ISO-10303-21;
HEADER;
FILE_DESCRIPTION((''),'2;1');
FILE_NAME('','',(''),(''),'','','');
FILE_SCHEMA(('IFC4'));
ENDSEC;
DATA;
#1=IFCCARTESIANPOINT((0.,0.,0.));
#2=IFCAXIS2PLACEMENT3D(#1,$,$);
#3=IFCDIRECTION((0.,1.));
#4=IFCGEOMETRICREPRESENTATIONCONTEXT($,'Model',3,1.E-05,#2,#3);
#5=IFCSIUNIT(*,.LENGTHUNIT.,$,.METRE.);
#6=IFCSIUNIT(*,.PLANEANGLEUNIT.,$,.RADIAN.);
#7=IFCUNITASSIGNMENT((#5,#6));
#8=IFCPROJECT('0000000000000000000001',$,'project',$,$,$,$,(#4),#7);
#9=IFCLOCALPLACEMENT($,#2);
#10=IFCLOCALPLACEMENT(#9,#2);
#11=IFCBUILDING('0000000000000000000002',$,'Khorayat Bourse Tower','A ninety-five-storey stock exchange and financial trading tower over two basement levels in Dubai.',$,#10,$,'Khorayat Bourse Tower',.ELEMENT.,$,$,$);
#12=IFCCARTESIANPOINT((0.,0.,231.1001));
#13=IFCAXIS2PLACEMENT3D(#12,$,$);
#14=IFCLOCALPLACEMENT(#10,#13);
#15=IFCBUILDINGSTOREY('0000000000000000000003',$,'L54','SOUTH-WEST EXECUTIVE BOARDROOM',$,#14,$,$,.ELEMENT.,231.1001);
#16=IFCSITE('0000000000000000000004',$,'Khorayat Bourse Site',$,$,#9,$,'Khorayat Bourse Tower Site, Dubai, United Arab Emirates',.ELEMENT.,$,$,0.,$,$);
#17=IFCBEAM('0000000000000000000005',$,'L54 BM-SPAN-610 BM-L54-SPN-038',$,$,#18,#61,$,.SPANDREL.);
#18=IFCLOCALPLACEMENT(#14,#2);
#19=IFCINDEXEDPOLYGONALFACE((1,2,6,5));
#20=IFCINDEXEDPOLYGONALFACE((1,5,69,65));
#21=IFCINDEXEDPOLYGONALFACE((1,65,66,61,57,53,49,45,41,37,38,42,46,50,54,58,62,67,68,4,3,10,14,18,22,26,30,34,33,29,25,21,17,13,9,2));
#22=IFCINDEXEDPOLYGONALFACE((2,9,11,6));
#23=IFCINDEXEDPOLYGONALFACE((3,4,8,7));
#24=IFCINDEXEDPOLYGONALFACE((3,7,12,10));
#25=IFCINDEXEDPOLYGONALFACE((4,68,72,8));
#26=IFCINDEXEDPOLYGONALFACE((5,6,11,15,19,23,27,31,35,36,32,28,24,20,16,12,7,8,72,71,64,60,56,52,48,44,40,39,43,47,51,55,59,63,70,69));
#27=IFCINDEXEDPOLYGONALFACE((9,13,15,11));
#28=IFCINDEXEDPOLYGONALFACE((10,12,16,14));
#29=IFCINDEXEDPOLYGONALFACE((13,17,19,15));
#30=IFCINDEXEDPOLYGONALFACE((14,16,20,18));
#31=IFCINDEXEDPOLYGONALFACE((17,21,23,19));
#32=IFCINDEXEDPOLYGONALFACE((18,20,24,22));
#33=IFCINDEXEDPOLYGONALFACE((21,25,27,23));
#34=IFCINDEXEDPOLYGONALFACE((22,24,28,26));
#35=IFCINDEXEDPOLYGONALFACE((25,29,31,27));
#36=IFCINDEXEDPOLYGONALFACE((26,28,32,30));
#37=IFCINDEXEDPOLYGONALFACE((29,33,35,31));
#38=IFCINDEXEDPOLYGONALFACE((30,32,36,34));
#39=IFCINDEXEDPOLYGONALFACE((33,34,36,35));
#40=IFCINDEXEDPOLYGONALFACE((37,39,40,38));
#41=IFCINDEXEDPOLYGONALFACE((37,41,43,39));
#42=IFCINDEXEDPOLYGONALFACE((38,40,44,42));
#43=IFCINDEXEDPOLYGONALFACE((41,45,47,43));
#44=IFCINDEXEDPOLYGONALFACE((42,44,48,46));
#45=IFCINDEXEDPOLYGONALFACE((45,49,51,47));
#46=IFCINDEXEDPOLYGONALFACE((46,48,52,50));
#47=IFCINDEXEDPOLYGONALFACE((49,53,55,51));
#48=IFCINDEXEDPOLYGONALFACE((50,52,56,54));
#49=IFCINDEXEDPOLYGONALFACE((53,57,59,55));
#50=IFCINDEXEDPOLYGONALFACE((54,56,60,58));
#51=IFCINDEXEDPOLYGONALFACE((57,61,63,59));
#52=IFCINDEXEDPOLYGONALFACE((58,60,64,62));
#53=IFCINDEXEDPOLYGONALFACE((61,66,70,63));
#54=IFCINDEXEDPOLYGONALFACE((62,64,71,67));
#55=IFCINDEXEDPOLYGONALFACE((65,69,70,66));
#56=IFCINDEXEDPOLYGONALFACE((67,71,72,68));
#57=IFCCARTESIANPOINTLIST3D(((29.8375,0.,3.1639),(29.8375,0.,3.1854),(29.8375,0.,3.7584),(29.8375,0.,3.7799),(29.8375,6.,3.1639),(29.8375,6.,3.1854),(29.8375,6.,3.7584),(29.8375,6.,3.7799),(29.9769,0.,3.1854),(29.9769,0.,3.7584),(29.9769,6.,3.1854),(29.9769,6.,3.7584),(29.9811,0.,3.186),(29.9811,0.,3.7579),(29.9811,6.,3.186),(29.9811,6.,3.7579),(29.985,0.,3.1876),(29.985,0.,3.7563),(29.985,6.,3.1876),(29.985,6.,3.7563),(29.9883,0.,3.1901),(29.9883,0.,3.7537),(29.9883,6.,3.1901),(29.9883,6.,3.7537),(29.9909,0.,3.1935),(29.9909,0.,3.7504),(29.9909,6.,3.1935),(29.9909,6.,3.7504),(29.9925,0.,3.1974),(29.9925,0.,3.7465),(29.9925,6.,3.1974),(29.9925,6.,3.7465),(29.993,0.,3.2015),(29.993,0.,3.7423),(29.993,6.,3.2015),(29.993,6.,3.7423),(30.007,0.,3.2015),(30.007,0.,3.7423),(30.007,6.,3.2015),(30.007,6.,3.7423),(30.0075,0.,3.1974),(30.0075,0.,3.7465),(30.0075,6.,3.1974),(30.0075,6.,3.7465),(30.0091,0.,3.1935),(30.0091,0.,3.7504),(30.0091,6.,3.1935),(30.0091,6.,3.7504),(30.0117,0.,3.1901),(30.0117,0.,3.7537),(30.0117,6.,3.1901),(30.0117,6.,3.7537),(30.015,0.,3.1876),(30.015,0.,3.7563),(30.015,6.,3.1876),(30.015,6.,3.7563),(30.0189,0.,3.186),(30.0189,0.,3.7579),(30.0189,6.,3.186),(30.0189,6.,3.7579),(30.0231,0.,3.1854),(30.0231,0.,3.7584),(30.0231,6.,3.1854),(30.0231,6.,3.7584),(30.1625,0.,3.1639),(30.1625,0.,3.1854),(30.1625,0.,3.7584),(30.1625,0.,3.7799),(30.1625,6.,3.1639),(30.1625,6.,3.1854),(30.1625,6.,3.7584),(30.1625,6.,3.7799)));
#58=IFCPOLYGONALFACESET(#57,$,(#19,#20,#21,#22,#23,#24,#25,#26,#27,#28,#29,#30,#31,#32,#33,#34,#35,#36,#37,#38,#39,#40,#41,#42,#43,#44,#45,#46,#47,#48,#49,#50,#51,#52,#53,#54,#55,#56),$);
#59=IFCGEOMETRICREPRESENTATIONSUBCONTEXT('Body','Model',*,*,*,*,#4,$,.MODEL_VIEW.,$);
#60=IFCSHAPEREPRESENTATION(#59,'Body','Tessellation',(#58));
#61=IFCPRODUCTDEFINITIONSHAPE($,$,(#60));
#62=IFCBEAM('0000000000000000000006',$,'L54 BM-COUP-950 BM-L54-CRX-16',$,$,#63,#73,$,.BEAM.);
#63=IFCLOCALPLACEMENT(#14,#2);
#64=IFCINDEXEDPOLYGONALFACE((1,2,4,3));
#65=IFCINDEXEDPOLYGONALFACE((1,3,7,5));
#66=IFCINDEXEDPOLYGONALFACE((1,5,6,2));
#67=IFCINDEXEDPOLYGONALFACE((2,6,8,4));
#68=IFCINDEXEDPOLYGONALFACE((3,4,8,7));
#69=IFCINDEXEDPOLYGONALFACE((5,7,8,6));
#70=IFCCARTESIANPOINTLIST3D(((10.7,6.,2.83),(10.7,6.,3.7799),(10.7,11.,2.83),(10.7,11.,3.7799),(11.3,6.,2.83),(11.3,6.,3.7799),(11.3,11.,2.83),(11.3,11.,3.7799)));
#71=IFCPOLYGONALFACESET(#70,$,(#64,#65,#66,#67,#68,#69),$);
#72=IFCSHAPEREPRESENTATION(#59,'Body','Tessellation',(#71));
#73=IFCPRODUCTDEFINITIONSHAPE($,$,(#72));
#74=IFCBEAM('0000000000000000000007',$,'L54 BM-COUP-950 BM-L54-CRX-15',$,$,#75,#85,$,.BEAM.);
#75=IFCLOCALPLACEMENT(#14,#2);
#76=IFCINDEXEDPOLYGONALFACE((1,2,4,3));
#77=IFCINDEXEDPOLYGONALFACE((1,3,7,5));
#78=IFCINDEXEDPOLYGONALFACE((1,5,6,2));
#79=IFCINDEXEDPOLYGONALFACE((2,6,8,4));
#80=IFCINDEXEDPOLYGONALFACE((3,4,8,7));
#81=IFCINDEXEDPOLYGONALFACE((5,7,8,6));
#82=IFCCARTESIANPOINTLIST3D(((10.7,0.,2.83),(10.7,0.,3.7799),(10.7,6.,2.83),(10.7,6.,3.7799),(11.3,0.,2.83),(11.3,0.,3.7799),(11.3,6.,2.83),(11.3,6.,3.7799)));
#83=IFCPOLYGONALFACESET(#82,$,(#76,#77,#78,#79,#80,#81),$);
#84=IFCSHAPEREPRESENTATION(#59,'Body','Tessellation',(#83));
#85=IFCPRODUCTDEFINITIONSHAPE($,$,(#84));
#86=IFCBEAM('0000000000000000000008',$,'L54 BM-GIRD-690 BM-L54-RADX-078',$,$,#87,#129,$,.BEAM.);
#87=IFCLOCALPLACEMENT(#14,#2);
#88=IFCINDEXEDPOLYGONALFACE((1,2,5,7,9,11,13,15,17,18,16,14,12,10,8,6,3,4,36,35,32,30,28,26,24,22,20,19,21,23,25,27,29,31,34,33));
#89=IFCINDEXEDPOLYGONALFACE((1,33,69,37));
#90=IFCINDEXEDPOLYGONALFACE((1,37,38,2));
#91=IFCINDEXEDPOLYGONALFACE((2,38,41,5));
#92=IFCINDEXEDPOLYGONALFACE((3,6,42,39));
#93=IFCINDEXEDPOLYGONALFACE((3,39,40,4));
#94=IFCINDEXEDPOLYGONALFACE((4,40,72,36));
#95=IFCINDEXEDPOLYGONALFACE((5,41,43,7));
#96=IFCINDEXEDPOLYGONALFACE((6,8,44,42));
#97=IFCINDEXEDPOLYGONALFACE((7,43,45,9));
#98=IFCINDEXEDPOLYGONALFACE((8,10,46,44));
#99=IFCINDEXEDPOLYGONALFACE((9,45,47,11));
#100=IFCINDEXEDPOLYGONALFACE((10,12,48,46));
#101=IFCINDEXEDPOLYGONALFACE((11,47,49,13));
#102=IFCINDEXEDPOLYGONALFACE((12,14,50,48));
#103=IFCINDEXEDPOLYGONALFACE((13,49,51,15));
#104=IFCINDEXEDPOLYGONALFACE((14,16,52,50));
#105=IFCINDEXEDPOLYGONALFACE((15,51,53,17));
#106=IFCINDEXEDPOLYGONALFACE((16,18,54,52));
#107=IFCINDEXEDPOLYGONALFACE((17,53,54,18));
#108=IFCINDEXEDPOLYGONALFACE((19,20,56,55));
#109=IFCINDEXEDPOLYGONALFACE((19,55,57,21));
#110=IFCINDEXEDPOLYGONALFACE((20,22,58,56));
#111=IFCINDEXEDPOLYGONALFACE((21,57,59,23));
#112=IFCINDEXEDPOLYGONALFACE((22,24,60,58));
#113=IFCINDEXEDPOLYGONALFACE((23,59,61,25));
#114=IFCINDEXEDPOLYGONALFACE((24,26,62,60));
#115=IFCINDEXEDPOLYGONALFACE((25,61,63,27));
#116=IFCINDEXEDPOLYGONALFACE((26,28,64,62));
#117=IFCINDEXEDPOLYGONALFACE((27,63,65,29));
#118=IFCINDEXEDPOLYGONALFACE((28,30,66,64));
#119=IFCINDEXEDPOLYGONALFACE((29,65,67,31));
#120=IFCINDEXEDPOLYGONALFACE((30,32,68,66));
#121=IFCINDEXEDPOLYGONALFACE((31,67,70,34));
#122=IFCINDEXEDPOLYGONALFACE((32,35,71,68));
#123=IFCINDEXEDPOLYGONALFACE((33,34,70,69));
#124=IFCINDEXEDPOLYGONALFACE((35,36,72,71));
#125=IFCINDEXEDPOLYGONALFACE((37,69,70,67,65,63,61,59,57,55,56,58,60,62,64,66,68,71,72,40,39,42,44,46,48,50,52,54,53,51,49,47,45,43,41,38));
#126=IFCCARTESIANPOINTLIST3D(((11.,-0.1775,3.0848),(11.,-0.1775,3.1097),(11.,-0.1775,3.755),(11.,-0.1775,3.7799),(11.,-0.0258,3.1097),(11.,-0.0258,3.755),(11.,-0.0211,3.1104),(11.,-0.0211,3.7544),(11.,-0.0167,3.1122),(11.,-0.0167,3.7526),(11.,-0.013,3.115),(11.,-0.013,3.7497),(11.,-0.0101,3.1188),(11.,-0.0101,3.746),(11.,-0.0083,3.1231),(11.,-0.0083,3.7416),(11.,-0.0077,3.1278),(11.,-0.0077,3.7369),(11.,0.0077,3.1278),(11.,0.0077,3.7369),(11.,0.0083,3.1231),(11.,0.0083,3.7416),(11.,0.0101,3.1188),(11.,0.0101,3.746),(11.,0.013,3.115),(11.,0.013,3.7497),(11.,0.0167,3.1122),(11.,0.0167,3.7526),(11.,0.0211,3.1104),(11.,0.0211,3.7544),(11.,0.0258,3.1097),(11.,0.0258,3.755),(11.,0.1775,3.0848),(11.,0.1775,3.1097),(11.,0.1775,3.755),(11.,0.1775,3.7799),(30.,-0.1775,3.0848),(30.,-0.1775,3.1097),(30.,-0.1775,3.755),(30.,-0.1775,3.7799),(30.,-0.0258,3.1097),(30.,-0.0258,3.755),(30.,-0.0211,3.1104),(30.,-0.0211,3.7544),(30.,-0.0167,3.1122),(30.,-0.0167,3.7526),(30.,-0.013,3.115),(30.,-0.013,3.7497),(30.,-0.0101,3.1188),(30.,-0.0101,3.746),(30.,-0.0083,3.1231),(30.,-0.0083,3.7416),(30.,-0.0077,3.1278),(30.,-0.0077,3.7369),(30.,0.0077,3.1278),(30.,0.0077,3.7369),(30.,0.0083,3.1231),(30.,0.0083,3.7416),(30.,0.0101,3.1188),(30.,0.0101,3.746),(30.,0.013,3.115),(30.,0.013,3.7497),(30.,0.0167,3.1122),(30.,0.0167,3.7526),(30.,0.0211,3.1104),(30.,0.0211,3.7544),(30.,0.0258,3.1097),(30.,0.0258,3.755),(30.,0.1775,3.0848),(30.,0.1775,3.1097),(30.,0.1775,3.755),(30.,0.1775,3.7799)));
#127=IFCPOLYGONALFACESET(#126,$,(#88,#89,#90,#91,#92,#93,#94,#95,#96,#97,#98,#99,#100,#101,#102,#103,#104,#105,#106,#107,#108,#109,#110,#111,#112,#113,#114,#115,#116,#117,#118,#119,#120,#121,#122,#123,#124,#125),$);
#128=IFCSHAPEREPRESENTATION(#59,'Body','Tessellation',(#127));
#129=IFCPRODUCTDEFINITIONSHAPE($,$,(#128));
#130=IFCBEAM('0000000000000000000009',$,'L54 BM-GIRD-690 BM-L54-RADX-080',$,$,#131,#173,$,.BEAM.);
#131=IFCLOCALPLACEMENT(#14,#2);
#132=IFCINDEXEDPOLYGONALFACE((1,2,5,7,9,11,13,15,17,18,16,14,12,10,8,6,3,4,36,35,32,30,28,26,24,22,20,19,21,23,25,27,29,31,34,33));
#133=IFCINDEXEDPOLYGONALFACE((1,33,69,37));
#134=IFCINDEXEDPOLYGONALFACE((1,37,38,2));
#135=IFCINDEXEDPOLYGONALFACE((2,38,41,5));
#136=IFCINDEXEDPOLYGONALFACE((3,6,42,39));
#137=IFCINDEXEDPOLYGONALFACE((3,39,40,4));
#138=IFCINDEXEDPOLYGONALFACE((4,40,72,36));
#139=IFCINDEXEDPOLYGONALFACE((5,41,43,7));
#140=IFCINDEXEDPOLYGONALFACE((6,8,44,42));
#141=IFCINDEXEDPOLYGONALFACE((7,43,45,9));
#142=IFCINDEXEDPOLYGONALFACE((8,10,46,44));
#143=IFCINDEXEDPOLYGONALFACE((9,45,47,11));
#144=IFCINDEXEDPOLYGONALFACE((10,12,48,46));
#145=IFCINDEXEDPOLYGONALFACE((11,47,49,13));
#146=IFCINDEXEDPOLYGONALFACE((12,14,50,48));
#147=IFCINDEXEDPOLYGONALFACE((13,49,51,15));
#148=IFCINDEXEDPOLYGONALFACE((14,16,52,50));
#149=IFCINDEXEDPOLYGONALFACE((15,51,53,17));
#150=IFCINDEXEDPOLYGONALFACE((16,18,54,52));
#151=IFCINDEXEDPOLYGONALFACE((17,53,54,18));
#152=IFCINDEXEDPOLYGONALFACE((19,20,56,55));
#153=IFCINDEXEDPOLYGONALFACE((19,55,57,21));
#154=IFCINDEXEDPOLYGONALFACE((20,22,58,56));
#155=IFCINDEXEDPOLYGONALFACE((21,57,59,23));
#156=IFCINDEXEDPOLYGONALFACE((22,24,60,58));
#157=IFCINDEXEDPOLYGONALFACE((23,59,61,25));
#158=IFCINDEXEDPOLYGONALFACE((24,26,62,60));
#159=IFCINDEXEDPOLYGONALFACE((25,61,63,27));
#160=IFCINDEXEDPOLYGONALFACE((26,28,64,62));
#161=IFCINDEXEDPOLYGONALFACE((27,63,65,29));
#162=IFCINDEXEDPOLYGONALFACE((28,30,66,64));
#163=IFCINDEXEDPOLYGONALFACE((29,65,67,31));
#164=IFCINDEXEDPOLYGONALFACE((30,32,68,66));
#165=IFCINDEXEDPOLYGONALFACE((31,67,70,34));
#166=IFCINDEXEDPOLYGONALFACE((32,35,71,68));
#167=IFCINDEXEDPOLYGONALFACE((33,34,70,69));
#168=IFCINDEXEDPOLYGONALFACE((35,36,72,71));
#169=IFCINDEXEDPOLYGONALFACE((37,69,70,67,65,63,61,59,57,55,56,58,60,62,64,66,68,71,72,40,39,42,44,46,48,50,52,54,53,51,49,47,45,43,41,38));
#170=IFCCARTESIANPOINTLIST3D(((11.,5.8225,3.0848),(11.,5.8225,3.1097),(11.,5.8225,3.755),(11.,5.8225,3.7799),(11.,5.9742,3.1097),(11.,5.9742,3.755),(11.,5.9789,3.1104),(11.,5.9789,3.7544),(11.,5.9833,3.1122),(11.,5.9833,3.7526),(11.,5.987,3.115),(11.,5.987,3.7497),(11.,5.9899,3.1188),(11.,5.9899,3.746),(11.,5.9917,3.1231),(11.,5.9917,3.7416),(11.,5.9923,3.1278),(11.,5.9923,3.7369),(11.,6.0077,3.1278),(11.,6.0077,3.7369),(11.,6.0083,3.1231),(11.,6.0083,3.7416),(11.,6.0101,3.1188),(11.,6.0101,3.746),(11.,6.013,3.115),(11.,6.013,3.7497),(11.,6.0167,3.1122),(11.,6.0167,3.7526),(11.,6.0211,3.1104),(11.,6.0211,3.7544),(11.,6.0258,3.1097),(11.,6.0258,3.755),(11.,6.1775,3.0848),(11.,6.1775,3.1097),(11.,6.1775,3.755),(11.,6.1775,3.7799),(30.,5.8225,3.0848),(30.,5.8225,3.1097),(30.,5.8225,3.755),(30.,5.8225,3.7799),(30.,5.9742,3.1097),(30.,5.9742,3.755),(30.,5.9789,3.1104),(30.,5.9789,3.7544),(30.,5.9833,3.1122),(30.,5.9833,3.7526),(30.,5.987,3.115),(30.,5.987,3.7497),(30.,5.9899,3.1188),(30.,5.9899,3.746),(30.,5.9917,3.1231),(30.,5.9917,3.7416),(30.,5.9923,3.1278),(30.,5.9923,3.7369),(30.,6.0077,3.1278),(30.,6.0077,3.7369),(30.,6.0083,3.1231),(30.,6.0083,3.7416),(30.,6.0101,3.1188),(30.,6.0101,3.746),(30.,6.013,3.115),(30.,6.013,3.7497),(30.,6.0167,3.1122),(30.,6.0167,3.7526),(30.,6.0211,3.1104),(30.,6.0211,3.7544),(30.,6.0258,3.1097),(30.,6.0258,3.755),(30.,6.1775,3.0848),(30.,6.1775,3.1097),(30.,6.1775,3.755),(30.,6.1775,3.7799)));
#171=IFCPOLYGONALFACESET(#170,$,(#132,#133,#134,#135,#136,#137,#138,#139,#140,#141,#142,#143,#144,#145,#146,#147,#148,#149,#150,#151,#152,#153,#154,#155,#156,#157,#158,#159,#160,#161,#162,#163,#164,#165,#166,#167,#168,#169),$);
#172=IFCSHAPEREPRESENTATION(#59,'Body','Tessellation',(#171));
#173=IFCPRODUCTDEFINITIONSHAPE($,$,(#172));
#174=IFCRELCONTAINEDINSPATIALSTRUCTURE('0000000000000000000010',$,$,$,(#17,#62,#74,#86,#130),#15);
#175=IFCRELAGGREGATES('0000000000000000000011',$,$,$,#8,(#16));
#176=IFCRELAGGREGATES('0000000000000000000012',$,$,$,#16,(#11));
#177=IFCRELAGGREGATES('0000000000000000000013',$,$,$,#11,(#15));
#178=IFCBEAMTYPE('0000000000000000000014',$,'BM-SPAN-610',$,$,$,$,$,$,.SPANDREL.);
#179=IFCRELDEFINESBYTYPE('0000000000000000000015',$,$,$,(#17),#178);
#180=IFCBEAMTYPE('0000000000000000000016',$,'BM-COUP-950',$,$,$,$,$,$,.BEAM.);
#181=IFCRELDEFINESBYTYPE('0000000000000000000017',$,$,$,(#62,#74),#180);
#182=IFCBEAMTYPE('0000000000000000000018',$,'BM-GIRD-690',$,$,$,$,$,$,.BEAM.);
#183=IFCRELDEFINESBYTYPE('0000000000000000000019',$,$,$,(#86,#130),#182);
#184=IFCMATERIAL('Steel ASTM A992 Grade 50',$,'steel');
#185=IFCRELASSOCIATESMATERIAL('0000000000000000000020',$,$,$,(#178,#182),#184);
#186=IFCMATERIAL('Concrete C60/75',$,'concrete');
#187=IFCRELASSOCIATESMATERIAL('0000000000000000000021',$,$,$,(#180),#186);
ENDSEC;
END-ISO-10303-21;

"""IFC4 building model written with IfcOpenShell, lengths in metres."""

from ifc_helpers import new_model, si_unit, direction, frame, origin, origin_2d, place, context, subcontext, project, spatial, rectangle, i_section, extrude, source, transform, mapped, material, material_profile, profile_set, type_object, element, save


model = new_model("IFC4")

# Units and contexts
model_context = context("Model", 3, precision=1e-05, world=origin(), true_north=direction((0.0, 1.0)))
body_context = subcontext(model_context, "Body", "Model", "MODEL_VIEW")
ifc_project = project(units=[si_unit("LENGTHUNIT", "METRE"), si_unit("PLANEANGLEUNIT", "RADIAN")], contexts=[model_context])

# Site, building, storey
site_placement = place(None, origin())
site = spatial("IfcSite", under=ifc_project, at=site_placement, Name="Khorayat Bourse Site", LongName="Khorayat Bourse Tower Site, Dubai, United Arab Emirates", CompositionType="ELEMENT", RefElevation=0.0)
building_placement = place(site_placement, origin())
building = spatial("IfcBuilding", under=site, at=building_placement, Name="Khorayat Bourse Tower", Description="A ninety-five-storey stock exchange and financial trading tower over two basement levels in Dubai.", LongName="Khorayat Bourse Tower", CompositionType="ELEMENT")
storey_placement = place(building_placement, frame((0.0, 0.0, 231.1001)))
storey = spatial("IfcBuildingStorey", under=building, at=storey_placement, Name="L54", Description="SOUTH-WEST EXECUTIVE BOARDROOM", CompositionType="ELEMENT", Elevation=231.1001)

# Shared definitions
ifc_material_1 = material(Name="Concrete C60/75", Category="concrete")

# Beams
ifc_material_2 = material(Name="Steel ASTM A992 Grade 50", Category="steel")
ifc_material_profile_1 = material_profile(ifc_material_2, i_section(OverallWidth=0.325, OverallDepth=0.616, WebThickness=0.0139, FlangeThickness=0.0215, FilletRadius=0.0161, at=origin_2d()), Name="W610X174")
ifc_profile_set_1 = profile_set([ifc_material_profile_1], Name="Steel ASTM A992 Grade 50")
beam_type_1 = type_object("IfcBeamType", Name="BM-SPAN-610", PredefinedType="SPANDREL", material=ifc_profile_set_1)
shared_shape_1 = source(origin(), body_context, "Body", "SweptSolid", [
    extrude(i_section(OverallWidth=0.325, OverallDepth=0.616, WebThickness=0.0139, FlangeThickness=0.0215, FilletRadius=0.0161, at=origin_2d()), origin(), (0.0, 0.0, 1.0), 6.0),
])
beam_1_placement = place(storey_placement, frame((30.0, 0.0, 3.4719), z_axis=(0.0, 1.0, 0.0), x_axis=(-1.0, 0.0, 0.0)))
element("IfcBeam", 1, at=beam_1_placement, inside=storey, type_object=beam_type_1, Name="L54 BM-SPAN-610 BM-L54-SPN-038", PredefinedType="SPANDREL", context=body_context, shape_type="MappedRepresentation", body=[
    mapped(shared_shape_1, transform((0.0, 0.0, 0.0), scale=1.0)),
])
ifc_material_profile_2 = material_profile(ifc_material_1, rectangle(XDim=0.6001, YDim=0.95, at=origin_2d()), Name="RC 600x950")
ifc_profile_set_2 = profile_set([ifc_material_profile_2], Name="Concrete C60/75")
beam_type_2 = type_object("IfcBeamType", Name="BM-COUP-950", PredefinedType="BEAM", material=ifc_profile_set_2)
shared_shape_2 = source(origin(), body_context, "Body", "SweptSolid", [
    extrude(rectangle(XDim=0.6001, YDim=0.95, at=origin_2d()), origin(), (0.0, 0.0, 1.0), 5.0),
])
beam_2_placement = place(storey_placement, frame((11.0, 6.0, 3.3049), z_axis=(0.0, 1.0, 0.0), x_axis=(-1.0, 0.0, 0.0)))
element("IfcBeam", 2, at=beam_2_placement, inside=storey, type_object=beam_type_2, Name="L54 BM-COUP-950 BM-L54-CRX-16", PredefinedType="BEAM", context=body_context, shape_type="MappedRepresentation", body=[
    mapped(shared_shape_2, transform((0.0, 0.0, 0.0), scale=1.0)),
])
shared_shape_3 = source(origin(), body_context, "Body", "SweptSolid", [
    extrude(rectangle(XDim=0.6001, YDim=0.95, at=origin_2d()), origin(), (0.0, 0.0, 1.0), 6.0),
])
beam_3_placement = place(storey_placement, frame((11.0, 0.0, 3.3049), z_axis=(0.0, 1.0, 0.0), x_axis=(-1.0, 0.0, 0.0)))
element("IfcBeam", 3, at=beam_3_placement, inside=storey, type_object=beam_type_2, Name="L54 BM-COUP-950 BM-L54-CRX-15", PredefinedType="BEAM", context=body_context, shape_type="MappedRepresentation", body=[
    mapped(shared_shape_3, transform((0.0, 0.0, 0.0), scale=1.0)),
])
ifc_material_profile_3 = material_profile(ifc_material_2, i_section(OverallWidth=0.355, OverallDepth=0.6951, WebThickness=0.0154, FlangeThickness=0.0249, FilletRadius=0.0181, at=origin_2d()), Name="W690X217")
ifc_profile_set_3 = profile_set([ifc_material_profile_3], Name="Steel ASTM A992 Grade 50")
beam_type_3 = type_object("IfcBeamType", Name="BM-GIRD-690", PredefinedType="BEAM", material=ifc_profile_set_3)
shared_shape_4 = source(origin(), body_context, "Body", "SweptSolid", [
    extrude(i_section(OverallWidth=0.355, OverallDepth=0.6951, WebThickness=0.0154, FlangeThickness=0.0249, FilletRadius=0.0181, at=origin_2d()), origin(), (0.0, 0.0, 1.0), 19.0),
])
for number, where, z_axis, x_axis, name in (
    (4, (11.0, 0.0, 3.4324), (1.0, 0.0, 0.0), (0.0, 1.0, 0.0), "L54 BM-GIRD-690 BM-L54-RADX-078"),
    (5, (11.0, 6.0, 3.4324), (1.0, 0.0, 0.0), (0.0, 1.0, 0.0), "L54 BM-GIRD-690 BM-L54-RADX-080"),
):
    element("IfcBeam", number, at=place(storey_placement, frame(where, z_axis=z_axis, x_axis=x_axis)), inside=storey, type_object=beam_type_3, Name=name, PredefinedType="BEAM", context=body_context, shape_type="MappedRepresentation", body=[
        mapped(shared_shape_4, transform((0.0, 0.0, 0.0), scale=1.0)),
    ])

save(model, "model.ifc")
